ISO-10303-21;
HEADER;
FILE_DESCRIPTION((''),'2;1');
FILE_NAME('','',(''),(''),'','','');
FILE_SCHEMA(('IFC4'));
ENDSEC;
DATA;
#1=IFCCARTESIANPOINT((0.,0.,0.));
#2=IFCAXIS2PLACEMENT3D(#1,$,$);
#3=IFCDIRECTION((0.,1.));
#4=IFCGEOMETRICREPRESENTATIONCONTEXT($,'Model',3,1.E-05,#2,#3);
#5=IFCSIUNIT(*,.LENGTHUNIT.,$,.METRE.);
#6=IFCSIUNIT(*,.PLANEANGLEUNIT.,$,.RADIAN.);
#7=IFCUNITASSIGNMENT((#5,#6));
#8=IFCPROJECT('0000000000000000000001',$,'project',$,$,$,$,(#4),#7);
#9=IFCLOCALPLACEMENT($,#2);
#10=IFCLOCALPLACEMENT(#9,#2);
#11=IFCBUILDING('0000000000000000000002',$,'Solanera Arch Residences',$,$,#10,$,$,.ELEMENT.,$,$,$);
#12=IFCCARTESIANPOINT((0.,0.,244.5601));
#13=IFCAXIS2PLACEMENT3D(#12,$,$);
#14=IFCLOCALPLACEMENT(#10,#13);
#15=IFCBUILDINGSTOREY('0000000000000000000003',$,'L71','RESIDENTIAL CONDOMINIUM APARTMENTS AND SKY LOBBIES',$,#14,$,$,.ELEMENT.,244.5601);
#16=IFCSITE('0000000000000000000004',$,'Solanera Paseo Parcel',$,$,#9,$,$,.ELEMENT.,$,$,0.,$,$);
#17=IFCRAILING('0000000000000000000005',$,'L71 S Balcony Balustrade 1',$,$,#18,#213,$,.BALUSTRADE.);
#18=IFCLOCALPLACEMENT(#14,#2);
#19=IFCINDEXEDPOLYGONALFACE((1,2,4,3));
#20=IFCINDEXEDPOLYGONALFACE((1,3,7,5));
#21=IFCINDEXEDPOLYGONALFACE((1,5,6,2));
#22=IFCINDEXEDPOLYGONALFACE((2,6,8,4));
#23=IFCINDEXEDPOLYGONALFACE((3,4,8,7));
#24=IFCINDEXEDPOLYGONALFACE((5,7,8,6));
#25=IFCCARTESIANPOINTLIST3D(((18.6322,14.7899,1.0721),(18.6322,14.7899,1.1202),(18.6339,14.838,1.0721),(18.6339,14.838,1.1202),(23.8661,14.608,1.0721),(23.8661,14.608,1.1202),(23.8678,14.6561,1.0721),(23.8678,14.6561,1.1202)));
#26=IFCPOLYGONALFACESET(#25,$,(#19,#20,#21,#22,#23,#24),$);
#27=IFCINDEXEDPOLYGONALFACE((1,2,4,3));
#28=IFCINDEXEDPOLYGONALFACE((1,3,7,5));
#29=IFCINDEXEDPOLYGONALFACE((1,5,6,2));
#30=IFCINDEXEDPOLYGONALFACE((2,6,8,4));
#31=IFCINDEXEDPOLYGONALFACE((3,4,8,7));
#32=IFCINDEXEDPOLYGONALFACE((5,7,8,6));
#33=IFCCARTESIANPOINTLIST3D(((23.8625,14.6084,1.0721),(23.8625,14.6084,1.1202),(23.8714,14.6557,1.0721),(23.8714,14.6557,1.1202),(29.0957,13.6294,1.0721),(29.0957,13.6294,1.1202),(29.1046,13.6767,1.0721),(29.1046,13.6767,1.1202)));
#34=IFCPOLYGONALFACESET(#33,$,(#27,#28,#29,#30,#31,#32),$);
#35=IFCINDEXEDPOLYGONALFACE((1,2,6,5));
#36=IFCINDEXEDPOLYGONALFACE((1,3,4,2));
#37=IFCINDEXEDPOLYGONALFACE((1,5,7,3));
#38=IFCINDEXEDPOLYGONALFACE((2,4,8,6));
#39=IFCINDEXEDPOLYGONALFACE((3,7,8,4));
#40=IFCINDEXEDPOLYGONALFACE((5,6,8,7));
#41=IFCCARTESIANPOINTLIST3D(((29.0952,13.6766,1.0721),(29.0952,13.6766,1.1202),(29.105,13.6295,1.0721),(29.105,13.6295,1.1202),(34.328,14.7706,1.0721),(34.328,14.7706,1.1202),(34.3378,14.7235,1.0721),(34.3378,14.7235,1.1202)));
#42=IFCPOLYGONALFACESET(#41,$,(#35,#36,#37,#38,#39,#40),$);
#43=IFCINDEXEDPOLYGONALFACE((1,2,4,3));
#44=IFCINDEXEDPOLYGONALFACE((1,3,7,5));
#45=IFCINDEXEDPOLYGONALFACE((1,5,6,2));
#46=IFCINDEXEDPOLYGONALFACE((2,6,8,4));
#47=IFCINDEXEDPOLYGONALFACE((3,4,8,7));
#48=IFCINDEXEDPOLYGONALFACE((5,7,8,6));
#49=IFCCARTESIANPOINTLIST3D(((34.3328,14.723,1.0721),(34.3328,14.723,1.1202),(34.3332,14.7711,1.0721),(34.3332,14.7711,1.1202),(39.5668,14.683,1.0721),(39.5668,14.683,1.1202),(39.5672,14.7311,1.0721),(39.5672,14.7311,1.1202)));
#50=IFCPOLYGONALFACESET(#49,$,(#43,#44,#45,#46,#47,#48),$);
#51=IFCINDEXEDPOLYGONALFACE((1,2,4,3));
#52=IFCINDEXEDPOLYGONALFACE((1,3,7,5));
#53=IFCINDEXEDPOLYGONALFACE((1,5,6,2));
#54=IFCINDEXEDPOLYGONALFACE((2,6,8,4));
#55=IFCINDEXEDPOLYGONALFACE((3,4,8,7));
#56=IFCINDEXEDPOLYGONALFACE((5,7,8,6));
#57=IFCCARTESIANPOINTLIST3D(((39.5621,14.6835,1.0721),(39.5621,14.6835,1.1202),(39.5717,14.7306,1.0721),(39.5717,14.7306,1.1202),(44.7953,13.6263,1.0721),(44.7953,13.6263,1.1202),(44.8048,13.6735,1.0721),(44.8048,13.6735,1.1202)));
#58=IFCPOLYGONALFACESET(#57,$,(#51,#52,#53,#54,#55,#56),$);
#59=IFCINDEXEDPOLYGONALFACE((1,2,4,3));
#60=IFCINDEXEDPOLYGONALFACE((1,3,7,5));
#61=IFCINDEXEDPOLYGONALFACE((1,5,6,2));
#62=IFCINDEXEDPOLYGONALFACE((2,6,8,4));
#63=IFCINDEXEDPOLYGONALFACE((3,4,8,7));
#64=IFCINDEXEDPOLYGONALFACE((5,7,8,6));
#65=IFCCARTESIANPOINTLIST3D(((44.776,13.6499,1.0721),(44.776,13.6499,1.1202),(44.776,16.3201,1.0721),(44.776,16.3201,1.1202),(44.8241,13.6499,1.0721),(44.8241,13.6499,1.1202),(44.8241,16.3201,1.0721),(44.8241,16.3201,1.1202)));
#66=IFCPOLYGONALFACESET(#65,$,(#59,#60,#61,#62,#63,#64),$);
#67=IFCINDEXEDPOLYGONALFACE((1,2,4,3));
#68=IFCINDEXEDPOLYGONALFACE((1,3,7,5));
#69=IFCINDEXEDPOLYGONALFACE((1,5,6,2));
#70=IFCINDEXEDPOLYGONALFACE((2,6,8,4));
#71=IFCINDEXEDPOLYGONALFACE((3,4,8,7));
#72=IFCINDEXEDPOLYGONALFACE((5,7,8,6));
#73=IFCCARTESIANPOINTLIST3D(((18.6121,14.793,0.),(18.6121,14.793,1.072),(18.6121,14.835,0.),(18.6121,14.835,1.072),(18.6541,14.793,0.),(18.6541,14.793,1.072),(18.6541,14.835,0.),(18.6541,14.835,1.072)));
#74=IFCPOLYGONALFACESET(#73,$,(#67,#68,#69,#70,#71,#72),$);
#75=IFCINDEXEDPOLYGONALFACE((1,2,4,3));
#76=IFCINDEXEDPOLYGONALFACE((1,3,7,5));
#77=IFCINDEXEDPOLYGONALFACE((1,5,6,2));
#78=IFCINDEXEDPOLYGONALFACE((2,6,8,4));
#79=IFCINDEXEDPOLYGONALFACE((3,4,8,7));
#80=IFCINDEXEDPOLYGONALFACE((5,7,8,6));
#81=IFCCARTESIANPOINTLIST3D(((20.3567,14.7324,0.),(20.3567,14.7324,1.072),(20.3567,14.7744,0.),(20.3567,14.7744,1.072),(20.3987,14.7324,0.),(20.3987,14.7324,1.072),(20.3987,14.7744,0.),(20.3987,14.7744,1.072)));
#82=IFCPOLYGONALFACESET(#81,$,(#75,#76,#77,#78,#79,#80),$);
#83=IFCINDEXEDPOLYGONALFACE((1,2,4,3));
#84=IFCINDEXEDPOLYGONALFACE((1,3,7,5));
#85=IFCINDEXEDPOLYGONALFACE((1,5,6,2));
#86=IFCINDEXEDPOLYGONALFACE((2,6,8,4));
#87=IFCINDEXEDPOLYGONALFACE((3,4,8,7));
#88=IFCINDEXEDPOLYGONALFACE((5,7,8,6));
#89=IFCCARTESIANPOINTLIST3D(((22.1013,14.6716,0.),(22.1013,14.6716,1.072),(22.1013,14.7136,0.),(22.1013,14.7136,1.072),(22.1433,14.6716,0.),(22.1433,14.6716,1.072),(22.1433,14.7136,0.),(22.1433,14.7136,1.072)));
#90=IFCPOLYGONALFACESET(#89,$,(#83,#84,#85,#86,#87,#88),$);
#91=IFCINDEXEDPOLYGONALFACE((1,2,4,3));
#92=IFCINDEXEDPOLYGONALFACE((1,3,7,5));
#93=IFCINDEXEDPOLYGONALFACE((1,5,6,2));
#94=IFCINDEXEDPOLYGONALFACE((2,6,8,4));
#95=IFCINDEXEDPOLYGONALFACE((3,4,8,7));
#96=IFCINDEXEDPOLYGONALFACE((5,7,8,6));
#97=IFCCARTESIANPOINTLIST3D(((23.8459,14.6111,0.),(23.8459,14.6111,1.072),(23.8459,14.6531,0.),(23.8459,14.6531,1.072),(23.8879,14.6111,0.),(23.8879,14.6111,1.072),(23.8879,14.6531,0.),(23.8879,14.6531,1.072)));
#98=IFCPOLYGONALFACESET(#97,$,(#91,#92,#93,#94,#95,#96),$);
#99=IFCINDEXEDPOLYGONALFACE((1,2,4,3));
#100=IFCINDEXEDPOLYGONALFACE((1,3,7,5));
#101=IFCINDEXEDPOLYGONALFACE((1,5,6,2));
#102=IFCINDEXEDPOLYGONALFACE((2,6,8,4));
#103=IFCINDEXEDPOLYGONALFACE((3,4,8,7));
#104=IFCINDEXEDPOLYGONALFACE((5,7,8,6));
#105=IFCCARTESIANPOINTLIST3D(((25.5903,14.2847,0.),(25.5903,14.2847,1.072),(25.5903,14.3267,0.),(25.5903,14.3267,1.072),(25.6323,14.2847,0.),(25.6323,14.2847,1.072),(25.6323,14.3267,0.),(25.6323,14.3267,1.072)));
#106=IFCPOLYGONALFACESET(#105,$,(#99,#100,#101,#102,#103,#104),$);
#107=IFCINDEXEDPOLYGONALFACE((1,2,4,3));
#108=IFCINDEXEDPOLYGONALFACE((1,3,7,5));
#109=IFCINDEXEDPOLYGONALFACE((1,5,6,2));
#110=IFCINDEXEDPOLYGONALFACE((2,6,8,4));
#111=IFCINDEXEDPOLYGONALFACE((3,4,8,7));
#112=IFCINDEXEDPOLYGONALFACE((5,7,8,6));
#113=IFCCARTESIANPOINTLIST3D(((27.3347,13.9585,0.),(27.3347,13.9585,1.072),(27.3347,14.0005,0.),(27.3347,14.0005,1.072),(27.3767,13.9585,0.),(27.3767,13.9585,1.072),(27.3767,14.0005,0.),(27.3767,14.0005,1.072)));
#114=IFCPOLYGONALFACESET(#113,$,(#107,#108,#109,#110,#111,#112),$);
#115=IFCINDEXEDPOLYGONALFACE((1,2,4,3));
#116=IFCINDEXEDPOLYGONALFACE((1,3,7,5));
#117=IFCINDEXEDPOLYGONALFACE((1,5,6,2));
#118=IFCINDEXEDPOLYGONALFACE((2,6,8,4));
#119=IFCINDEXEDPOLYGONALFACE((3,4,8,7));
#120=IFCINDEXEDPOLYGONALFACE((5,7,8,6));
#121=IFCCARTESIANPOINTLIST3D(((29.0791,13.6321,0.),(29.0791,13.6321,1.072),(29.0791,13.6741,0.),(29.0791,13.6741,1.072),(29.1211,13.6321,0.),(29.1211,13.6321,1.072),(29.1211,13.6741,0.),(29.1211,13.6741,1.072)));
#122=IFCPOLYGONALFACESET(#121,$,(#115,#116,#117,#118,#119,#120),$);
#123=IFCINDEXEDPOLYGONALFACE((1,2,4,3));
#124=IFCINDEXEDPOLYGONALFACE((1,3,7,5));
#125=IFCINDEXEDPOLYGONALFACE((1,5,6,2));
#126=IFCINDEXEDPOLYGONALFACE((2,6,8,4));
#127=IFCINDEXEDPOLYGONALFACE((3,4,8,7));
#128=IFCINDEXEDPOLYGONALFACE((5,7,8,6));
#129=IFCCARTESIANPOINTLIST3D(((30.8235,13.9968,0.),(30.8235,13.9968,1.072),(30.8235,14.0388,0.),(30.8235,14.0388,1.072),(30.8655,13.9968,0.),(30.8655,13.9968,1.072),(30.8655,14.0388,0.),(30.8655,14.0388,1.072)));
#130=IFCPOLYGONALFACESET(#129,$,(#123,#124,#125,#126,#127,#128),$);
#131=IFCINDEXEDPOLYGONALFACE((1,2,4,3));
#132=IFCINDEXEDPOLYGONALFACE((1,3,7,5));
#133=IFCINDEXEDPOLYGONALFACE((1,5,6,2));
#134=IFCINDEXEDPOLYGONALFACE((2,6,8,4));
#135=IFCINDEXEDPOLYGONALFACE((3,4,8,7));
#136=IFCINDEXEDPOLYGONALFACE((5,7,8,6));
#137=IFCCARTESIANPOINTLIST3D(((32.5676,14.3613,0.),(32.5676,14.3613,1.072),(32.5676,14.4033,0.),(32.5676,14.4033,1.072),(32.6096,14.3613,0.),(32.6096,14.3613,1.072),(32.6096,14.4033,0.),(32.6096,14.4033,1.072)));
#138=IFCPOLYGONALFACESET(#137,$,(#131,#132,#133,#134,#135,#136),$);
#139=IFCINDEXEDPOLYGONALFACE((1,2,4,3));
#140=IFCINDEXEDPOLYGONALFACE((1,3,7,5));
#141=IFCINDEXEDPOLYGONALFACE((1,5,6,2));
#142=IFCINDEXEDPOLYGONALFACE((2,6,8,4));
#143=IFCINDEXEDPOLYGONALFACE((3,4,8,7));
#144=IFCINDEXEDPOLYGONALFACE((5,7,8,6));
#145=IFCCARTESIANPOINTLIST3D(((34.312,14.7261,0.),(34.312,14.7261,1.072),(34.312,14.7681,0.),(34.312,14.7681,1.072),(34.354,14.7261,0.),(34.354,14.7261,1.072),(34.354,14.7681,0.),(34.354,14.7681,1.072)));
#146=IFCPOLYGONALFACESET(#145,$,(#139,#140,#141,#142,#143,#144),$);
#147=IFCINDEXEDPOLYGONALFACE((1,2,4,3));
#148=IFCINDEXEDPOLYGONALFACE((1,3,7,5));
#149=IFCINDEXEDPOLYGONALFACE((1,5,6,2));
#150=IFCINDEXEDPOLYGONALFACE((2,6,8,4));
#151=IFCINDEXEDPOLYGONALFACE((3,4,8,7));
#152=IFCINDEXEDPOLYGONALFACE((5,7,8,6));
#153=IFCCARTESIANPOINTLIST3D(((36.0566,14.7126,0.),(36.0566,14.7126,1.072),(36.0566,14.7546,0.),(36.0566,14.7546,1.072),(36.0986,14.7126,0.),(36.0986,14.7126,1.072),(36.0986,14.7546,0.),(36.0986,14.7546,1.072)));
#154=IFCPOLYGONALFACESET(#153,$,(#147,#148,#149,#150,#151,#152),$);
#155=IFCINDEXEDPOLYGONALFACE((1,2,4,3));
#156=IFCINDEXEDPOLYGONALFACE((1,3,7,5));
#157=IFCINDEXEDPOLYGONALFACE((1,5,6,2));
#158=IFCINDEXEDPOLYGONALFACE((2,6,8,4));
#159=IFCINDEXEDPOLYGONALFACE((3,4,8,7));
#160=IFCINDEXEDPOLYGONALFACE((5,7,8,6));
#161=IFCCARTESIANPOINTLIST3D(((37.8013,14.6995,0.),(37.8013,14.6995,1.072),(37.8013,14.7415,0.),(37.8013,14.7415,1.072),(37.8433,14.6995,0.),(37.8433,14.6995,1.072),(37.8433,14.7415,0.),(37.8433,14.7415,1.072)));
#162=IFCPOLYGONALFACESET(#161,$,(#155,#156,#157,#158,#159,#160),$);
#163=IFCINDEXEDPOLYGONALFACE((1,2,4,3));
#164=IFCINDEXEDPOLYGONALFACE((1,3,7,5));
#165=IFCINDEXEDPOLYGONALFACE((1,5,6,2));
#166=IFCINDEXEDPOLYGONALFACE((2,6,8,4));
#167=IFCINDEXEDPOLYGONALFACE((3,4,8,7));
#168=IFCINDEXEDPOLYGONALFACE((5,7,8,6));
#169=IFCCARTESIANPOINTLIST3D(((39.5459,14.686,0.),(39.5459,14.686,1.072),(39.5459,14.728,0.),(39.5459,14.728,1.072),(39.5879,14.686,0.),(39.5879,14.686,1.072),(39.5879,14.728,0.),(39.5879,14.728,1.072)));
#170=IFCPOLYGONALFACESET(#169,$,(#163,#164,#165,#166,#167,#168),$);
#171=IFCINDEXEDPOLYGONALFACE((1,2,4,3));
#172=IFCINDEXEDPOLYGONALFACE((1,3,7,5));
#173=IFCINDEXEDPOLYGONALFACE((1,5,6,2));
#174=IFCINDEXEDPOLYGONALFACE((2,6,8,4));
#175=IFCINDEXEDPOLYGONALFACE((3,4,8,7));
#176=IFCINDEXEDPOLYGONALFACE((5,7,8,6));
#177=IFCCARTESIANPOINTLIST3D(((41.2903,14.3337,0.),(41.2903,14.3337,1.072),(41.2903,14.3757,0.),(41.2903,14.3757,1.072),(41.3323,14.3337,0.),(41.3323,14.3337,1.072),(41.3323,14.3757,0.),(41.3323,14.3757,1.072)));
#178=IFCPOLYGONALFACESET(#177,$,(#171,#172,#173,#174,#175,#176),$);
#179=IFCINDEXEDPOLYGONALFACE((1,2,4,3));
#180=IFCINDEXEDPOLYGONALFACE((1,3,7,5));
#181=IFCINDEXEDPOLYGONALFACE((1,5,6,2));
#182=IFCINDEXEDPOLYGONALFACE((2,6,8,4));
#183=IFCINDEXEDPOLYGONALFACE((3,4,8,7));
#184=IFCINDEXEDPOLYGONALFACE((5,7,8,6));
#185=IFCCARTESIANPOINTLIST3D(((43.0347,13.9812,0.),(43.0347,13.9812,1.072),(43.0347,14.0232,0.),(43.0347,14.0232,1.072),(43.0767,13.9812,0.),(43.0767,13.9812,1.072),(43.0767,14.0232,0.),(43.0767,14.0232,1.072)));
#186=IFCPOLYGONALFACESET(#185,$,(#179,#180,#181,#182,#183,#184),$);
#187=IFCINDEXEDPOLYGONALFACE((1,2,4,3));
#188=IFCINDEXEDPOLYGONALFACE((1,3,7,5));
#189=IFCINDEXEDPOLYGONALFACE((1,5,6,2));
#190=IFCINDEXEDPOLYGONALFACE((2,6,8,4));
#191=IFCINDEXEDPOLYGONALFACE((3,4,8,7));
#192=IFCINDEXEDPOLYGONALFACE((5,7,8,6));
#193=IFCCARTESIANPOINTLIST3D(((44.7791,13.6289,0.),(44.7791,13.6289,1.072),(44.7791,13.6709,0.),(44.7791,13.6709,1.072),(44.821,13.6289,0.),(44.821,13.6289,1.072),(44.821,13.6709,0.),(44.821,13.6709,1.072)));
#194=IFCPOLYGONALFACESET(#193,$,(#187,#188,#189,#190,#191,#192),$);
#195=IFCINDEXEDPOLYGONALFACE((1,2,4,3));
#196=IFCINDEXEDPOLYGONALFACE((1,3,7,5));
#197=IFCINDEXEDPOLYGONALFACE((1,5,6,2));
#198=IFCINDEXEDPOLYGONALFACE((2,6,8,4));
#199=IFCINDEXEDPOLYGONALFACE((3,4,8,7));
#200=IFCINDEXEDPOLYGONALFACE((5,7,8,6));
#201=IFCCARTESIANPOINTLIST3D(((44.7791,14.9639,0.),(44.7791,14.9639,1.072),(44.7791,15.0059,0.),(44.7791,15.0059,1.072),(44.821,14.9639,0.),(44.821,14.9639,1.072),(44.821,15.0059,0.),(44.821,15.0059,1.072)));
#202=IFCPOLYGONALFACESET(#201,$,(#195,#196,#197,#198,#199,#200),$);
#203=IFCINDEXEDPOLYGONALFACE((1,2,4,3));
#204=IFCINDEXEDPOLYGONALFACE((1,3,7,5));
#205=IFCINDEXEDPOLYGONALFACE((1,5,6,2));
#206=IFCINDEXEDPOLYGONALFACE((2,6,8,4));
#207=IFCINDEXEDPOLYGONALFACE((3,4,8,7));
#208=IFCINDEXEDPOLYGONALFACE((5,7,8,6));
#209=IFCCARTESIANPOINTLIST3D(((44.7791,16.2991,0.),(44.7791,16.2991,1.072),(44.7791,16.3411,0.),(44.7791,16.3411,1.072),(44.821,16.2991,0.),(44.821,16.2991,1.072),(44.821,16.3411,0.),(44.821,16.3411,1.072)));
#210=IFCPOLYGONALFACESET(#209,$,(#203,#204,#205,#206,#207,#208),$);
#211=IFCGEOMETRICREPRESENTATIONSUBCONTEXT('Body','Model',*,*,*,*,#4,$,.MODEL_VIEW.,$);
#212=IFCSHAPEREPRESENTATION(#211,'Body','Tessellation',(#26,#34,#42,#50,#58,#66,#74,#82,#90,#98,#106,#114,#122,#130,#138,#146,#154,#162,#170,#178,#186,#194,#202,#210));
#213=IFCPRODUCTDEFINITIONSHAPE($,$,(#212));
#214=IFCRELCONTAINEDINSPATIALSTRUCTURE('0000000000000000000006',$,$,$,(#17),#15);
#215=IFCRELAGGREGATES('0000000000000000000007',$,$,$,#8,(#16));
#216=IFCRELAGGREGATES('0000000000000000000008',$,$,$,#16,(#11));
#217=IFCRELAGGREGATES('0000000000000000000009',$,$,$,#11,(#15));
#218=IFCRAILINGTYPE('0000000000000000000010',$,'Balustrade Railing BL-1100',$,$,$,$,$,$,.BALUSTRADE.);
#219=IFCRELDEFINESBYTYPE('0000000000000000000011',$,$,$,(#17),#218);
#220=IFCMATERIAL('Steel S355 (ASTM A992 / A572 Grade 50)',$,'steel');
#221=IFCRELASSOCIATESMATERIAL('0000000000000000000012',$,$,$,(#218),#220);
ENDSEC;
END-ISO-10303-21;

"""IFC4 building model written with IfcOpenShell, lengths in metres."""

from ifc_helpers import new_model, si_unit, direction, frame, origin, origin_2d, place, context, subcontext, project, spatial, rectangle, extrude, material, type_object, element, save


model = new_model("IFC4")

# Units and contexts
model_context = context("Model", 3, precision=1e-05, world=origin(), true_north=direction((0.0, 1.0)))
body_context = subcontext(model_context, "Body", "Model", "MODEL_VIEW")
ifc_project = project(units=[si_unit("LENGTHUNIT", "METRE"), si_unit("PLANEANGLEUNIT", "RADIAN")], contexts=[model_context])

# Site, building, storey
site_placement = place(None, origin())
site = spatial("IfcSite", under=ifc_project, at=site_placement, Name="Solanera Paseo Parcel", CompositionType="ELEMENT", RefElevation=0.0)
building_placement = place(site_placement, origin())
building = spatial("IfcBuilding", under=site, at=building_placement, Name="Solanera Arch Residences", CompositionType="ELEMENT")
storey_placement = place(building_placement, frame((0.0, 0.0, 244.5601)))
storey = spatial("IfcBuildingStorey", under=building, at=storey_placement, Name="L71", Description="RESIDENTIAL CONDOMINIUM APARTMENTS AND SKY LOBBIES", CompositionType="ELEMENT", Elevation=244.5601)

# Railing
ifc_material_1 = material(Name="Steel S355 (ASTM A992 / A572 Grade 50)", Category="steel")
railing_type = type_object("IfcRailingType", Name="Balustrade Railing BL-1100", PredefinedType="BALUSTRADE", material=ifc_material_1)
railing_placement = place(storey_placement, frame((18.6331, 14.814, 0.0)))
element("IfcRailing", 1, at=railing_placement, inside=storey, type_object=railing_type, Name="L71 S Balcony Balustrade 1", PredefinedType="BALUSTRADE", context=body_context, shape_type="SweptSolid", body=[
    extrude(rectangle(XDim=0.0481, YDim=0.0481, at=origin_2d()), frame((0.0, 0.0, 1.0962), z_axis=(0.999397, -0.03473, 0.0), x_axis=(0.03473, 0.999397, 0.0)), (0.0, 0.0, 1.0), 5.2371),
    extrude(rectangle(XDim=0.0481, YDim=0.0481, at=origin_2d()), frame((5.2339, -0.1819, 1.0962), z_axis=(0.982947, -0.183887, 0.0), x_axis=(0.183887, 0.982947, 0.0)), (0.0, 0.0, 1.0), 5.324),
    extrude(rectangle(XDim=0.0481, YDim=0.0481, at=origin_2d()), frame((10.467, -1.1609, 1.0962), z_axis=(0.978838, 0.204636, 0.0), x_axis=(-0.204636, 0.978838, 0.0)), (0.0, 0.0, 1.0), 5.3459),
    extrude(rectangle(XDim=0.0481, YDim=0.0481, at=origin_2d()), frame((15.7, -0.0669, 1.0962), z_axis=(0.999971, -0.00765, 0.0), x_axis=(0.00765, 0.999971, 0.0)), (0.0, 0.0, 1.0), 5.2341),
    extrude(rectangle(XDim=0.0481, YDim=0.0481, at=origin_2d()), frame((20.9338, -0.1069, 1.0962), z_axis=(0.980201, -0.198006, 0.0), x_axis=(0.198006, 0.980201, 0.0)), (0.0, 0.0, 1.0), 5.3389),
    extrude(rectangle(XDim=0.0481, YDim=0.0481, at=origin_2d()), frame((26.167, -1.1641, 1.0962), z_axis=(0.0, 1.0, 0.0), x_axis=(-1.0, 0.0, 0.0)), (0.0, 0.0, 1.0), 2.6702),
    extrude(rectangle(XDim=0.042, YDim=0.042, at=origin_2d()), origin(), (0.0, 0.0, 1.0), 1.072),
    extrude(rectangle(XDim=0.042, YDim=0.042, at=origin_2d()), frame((1.7446, -0.0605, 0.0)), (0.0, 0.0, 1.0), 1.072),
    extrude(rectangle(XDim=0.042, YDim=0.042, at=origin_2d()), frame((3.4893, -0.1213, 0.0)), (0.0, 0.0, 1.0), 1.072),
    extrude(rectangle(XDim=0.042, YDim=0.042, at=origin_2d()), frame((5.2339, -0.1819, 0.0)), (0.0, 0.0, 1.0), 1.072),
    extrude(rectangle(XDim=0.042, YDim=0.042, at=origin_2d()), frame((6.9783, -0.5083, 0.0)), (0.0, 0.0, 1.0), 1.072),
    extrude(rectangle(XDim=0.042, YDim=0.042, at=origin_2d()), frame((8.7227, -0.8345, 0.0)), (0.0, 0.0, 1.0), 1.072),
    extrude(rectangle(XDim=0.042, YDim=0.042, at=origin_2d()), frame((10.467, -1.1609, 0.0)), (0.0, 0.0, 1.0), 1.072),
    extrude(rectangle(XDim=0.042, YDim=0.042, at=origin_2d()), frame((12.2114, -0.7961, 0.0)), (0.0, 0.0, 1.0), 1.072),
    extrude(rectangle(XDim=0.042, YDim=0.042, at=origin_2d()), frame((13.9556, -0.4316, 0.0)), (0.0, 0.0, 1.0), 1.072),
    extrude(rectangle(XDim=0.042, YDim=0.042, at=origin_2d()), frame((15.7, -0.0669, 0.0)), (0.0, 0.0, 1.0), 1.072),
    extrude(rectangle(XDim=0.042, YDim=0.042, at=origin_2d()), frame((17.4446, -0.0803, 0.0)), (0.0, 0.0, 1.0), 1.072),
    extrude(rectangle(XDim=0.042, YDim=0.042, at=origin_2d()), frame((19.1892, -0.0935, 0.0)), (0.0, 0.0, 1.0), 1.072),
    extrude(rectangle(XDim=0.042, YDim=0.042, at=origin_2d()), frame((20.9338, -0.1069, 0.0)), (0.0, 0.0, 1.0), 1.072),
    extrude(rectangle(XDim=0.042, YDim=0.042, at=origin_2d()), frame((22.6782, -0.4592, 0.0)), (0.0, 0.0, 1.0), 1.072),
    extrude(rectangle(XDim=0.042, YDim=0.042, at=origin_2d()), frame((24.4226, -0.8118, 0.0)), (0.0, 0.0, 1.0), 1.072),
    extrude(rectangle(XDim=0.042, YDim=0.042, at=origin_2d()), frame((26.167, -1.1641, 0.0)), (0.0, 0.0, 1.0), 1.072),
    extrude(rectangle(XDim=0.042, YDim=0.042, at=origin_2d()), frame((26.167, 0.1709, 0.0)), (0.0, 0.0, 1.0), 1.072),
    extrude(rectangle(XDim=0.042, YDim=0.042, at=origin_2d()), frame((26.167, 1.5061, 0.0)), (0.0, 0.0, 1.0), 1.072),
])

save(model, "model.ifc")
